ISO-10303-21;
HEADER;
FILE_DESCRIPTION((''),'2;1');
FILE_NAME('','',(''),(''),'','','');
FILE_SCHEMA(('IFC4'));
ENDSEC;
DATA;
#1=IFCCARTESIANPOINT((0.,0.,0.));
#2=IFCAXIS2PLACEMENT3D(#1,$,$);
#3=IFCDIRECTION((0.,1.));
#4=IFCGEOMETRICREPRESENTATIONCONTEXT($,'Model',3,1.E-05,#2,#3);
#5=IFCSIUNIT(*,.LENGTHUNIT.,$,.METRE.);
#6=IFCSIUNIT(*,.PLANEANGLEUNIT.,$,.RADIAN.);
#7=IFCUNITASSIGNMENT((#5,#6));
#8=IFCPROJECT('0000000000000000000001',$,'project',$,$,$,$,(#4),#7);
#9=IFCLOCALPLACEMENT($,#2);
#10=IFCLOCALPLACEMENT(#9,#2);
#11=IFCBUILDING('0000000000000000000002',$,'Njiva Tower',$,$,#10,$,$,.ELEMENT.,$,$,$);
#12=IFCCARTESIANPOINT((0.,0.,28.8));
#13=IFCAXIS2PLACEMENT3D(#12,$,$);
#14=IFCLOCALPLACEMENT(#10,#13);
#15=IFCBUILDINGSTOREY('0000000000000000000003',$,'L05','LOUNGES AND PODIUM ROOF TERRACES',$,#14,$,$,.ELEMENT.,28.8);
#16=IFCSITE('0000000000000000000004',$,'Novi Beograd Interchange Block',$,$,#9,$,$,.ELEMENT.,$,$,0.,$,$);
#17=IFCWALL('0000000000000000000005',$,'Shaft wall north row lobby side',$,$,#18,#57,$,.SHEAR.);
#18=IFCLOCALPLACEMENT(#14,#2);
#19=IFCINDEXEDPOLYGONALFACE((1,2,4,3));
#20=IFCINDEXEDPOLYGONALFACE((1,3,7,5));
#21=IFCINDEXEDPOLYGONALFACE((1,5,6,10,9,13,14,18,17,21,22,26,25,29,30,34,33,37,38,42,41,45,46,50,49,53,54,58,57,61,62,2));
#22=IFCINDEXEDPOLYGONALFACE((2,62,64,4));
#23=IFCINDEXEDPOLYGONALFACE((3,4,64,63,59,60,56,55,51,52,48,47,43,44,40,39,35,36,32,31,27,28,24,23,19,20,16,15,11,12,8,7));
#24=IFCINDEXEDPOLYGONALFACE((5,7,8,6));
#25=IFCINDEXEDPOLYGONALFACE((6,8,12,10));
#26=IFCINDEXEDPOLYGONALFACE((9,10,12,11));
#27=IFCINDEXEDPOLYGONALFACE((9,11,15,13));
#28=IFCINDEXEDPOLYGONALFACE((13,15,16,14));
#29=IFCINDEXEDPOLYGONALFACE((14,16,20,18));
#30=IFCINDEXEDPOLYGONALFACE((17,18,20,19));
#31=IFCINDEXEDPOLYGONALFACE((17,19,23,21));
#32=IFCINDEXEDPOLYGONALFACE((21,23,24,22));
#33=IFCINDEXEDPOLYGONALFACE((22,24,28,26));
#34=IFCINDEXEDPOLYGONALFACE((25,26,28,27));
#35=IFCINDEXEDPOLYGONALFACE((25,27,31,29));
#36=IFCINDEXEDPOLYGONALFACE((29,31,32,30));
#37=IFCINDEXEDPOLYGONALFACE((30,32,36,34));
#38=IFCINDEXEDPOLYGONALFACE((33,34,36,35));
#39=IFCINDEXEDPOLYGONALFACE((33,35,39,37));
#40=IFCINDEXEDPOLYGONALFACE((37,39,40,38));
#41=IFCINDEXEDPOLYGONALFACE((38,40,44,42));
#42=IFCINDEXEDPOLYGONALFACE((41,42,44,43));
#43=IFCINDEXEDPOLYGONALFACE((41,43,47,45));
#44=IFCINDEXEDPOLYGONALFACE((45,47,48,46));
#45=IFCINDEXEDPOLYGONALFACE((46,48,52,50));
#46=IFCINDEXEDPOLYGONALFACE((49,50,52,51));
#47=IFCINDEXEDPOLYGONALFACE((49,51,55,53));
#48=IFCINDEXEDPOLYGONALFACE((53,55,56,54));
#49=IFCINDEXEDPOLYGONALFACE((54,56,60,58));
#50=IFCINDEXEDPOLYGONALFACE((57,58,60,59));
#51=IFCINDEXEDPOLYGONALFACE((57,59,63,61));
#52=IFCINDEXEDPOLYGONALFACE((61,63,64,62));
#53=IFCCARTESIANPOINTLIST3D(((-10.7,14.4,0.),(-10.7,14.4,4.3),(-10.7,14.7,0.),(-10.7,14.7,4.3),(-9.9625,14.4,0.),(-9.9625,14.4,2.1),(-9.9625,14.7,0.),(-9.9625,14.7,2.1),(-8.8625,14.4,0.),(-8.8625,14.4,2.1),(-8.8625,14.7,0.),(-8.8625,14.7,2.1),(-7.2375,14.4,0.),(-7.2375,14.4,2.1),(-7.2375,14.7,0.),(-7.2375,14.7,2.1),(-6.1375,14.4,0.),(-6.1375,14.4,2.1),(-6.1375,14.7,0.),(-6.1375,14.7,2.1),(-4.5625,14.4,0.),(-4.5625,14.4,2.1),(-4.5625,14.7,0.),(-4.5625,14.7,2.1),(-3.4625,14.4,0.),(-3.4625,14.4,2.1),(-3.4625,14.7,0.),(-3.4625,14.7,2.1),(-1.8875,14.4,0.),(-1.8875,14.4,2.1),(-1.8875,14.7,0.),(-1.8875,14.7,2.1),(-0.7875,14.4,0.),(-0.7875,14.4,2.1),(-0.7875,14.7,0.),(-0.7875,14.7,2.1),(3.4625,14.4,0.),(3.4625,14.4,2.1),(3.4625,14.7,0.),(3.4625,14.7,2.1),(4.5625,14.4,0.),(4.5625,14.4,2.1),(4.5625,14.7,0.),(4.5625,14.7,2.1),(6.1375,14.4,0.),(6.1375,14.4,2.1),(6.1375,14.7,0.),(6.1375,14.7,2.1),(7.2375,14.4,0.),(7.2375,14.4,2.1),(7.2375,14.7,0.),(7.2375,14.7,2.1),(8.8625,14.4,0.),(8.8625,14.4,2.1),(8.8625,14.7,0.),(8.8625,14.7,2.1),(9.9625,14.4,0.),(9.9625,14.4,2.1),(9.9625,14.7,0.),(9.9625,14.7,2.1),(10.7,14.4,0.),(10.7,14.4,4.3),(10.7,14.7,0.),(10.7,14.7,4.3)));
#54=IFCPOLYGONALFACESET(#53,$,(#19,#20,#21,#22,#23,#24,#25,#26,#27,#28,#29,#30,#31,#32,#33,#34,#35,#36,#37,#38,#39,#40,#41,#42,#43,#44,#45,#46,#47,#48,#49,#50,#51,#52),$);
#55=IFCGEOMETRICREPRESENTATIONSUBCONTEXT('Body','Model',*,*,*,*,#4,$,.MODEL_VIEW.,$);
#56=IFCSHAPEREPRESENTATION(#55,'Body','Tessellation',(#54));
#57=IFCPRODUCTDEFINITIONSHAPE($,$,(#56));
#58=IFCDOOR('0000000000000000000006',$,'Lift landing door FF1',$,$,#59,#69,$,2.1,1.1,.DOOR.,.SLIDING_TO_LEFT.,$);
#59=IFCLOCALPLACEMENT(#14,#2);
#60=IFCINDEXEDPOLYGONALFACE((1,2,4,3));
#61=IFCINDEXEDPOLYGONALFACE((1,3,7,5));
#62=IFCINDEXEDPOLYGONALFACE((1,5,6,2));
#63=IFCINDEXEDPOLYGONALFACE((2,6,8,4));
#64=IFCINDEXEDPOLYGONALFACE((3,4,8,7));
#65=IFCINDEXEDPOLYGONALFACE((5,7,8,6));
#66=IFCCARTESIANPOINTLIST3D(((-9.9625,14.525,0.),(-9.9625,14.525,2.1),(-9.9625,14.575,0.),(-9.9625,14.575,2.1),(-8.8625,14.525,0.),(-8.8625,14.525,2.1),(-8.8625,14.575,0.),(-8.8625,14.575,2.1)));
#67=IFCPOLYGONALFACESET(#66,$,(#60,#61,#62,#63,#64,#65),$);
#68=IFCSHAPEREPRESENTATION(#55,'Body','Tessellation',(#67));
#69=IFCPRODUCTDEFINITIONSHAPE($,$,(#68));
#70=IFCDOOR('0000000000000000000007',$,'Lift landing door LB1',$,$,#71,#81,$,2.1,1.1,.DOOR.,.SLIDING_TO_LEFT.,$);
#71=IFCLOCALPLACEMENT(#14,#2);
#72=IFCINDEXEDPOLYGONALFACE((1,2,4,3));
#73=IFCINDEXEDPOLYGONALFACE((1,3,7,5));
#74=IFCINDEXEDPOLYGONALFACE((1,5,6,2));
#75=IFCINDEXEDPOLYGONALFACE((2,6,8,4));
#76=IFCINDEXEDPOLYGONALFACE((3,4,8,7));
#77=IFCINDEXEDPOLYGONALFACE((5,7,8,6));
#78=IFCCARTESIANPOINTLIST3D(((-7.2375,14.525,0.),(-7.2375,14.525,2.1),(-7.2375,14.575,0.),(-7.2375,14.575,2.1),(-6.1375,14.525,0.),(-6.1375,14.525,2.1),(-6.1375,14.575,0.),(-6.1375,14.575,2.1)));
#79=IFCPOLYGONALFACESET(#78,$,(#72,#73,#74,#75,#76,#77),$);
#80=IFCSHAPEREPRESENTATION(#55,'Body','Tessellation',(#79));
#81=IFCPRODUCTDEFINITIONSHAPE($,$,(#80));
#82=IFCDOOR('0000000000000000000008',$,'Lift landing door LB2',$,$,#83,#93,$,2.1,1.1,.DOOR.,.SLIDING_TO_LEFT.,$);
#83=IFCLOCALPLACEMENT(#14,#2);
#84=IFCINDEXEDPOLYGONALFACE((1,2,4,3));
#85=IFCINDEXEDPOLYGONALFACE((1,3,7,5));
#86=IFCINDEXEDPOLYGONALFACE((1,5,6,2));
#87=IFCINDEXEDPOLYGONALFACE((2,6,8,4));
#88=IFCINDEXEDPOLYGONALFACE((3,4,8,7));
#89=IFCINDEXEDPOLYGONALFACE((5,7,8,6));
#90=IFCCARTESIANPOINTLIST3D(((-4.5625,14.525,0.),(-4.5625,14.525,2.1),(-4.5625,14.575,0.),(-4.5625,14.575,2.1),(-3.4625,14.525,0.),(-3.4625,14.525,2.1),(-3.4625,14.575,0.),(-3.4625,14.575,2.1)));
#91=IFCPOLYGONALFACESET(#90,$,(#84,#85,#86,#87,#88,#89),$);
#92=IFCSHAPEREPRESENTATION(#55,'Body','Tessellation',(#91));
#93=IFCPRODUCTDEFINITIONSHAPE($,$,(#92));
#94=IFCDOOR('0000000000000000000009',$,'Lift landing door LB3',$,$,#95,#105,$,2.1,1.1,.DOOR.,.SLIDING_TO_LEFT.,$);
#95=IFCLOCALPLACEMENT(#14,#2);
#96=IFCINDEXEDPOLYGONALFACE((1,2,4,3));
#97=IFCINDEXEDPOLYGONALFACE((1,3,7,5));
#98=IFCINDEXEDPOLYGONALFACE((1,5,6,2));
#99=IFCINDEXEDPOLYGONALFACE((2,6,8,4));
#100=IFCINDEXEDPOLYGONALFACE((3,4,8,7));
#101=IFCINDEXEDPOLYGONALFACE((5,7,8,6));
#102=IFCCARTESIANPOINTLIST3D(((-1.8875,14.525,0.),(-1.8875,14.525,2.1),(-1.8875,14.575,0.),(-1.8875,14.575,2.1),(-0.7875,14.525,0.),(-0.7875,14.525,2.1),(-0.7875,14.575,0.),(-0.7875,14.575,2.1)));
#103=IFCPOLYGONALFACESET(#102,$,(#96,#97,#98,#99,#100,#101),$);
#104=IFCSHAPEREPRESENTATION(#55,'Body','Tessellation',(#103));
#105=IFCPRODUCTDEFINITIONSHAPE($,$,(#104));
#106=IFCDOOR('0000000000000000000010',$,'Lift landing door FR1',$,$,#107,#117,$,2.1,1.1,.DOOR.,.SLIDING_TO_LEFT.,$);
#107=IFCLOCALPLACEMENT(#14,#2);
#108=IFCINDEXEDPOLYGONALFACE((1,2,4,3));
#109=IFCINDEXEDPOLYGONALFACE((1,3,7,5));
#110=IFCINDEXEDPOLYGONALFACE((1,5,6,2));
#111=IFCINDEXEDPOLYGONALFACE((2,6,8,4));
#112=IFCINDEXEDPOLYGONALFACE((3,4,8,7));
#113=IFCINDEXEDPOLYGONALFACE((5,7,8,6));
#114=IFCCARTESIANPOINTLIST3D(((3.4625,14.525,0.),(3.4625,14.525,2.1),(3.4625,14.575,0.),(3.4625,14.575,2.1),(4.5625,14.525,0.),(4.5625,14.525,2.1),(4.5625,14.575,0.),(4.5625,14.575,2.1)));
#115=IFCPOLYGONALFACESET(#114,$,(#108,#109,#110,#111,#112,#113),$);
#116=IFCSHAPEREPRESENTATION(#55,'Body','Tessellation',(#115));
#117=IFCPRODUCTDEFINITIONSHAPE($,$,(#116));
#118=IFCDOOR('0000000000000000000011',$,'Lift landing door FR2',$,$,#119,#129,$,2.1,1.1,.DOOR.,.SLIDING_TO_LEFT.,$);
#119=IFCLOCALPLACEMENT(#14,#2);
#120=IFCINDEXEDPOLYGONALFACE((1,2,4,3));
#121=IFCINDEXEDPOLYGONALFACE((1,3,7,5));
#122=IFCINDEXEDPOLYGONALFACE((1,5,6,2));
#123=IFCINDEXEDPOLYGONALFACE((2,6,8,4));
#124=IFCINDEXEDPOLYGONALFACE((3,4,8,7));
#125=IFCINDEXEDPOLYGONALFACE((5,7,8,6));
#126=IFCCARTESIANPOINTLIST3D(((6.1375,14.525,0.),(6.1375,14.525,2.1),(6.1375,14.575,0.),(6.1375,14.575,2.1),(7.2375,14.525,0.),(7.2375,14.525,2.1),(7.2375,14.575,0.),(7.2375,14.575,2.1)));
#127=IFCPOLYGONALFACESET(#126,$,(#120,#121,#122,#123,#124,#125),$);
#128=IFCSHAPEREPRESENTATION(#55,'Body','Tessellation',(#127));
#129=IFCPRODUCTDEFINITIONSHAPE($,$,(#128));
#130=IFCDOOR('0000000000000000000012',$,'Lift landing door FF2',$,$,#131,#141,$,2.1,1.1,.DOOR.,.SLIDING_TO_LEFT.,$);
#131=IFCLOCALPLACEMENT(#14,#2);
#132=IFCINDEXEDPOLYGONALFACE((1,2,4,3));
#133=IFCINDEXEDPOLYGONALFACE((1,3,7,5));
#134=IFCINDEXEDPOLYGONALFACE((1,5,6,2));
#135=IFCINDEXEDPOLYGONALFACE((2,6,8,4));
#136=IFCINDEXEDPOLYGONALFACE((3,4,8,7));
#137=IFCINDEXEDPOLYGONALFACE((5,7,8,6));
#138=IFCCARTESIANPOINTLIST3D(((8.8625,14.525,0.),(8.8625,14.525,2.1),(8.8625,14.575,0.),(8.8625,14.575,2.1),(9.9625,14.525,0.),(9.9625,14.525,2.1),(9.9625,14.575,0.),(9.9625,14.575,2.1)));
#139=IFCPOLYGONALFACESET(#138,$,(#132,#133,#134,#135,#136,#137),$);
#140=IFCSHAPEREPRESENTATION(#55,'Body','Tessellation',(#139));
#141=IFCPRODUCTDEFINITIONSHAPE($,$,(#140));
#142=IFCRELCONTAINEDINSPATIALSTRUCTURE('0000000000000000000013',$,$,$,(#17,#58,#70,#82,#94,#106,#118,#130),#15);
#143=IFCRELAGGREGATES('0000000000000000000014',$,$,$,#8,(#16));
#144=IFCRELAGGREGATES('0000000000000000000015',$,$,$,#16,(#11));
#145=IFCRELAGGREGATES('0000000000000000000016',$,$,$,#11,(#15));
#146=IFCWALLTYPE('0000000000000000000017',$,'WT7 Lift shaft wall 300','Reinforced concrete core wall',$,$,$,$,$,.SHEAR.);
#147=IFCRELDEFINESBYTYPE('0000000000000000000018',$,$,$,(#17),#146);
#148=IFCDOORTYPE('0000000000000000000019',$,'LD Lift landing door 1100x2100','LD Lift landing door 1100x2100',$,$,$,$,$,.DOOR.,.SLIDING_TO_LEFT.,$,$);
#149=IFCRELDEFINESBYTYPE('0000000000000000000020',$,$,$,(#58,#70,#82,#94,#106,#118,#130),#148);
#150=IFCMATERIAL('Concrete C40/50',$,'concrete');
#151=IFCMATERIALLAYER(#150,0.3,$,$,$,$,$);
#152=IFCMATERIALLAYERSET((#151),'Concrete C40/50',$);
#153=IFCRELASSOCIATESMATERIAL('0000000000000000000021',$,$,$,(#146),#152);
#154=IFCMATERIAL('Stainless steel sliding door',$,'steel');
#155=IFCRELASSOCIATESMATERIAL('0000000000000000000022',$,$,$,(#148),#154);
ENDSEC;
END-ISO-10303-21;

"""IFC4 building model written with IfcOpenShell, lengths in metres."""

from ifc_helpers import new_model, si_unit, direction, frame, frame_2d, origin, place, context, subcontext, project, spatial, rectangle, extrude, material, layer, layer_set, type_object, element, fill, save


model = new_model("IFC4")

# Units and contexts
model_context = context("Model", 3, precision=1e-05, world=origin(), true_north=direction((0.0, 1.0)))
body_context = subcontext(model_context, "Body", "Model", "MODEL_VIEW")
ifc_project = project(units=[si_unit("LENGTHUNIT", "METRE"), si_unit("PLANEANGLEUNIT", "RADIAN")], contexts=[model_context])

# Site, building, storey
site_placement = place(None, origin())
site = spatial("IfcSite", under=ifc_project, at=site_placement, Name="Novi Beograd Interchange Block", CompositionType="ELEMENT", RefElevation=0.0)
building_placement = place(site_placement, origin())
building = spatial("IfcBuilding", under=site, at=building_placement, Name="Njiva Tower", CompositionType="ELEMENT")
storey_placement = place(building_placement, frame((0.0, 0.0, 28.8)))
storey = spatial("IfcBuildingStorey", under=building, at=storey_placement, Name="L05", Description="LOUNGES AND PODIUM ROOF TERRACES", CompositionType="ELEMENT", Elevation=28.8)

# Shared definitions
ifc_material_1 = material(Name="Concrete C40/50", Category="concrete")

# Wall, openings, doors
ifc_layer_1 = layer(ifc_material_1, 0.3)
ifc_layer_set_1 = layer_set([ifc_layer_1], Name="Concrete C40/50")
wall_type_1 = type_object("IfcWallType", Name="WT7 Lift shaft wall 300", Description="Reinforced concrete core wall", PredefinedType="SHEAR", material=ifc_layer_set_1)
wall_1_placement = place(storey_placement, frame((-10.7, 14.55, 0.0), z_axis=(0.0, 0.0, 1.0), x_axis=(1.0, 0.0, 0.0)))
wall_1 = element("IfcWall", 1, at=wall_1_placement, inside=storey, type_object=wall_type_1, Name="Shaft wall north row lobby side", PredefinedType="SHEAR", context=body_context, shape_type="SweptSolid", body=[
    extrude(rectangle(XDim=21.4, YDim=0.3, at=frame_2d((10.7, 0.0))), origin(), (0.0, 0.0, 1.0), 4.3),
])
opening_1_placement = place(wall_1_placement, frame((0.7375, 0.0, 0.0)))
opening_1 = element("IfcOpeningElement", 2, at=opening_1_placement, cuts=wall_1, PredefinedType="OPENING", context=body_context, shape_type="SweptSolid", body=[
    extrude(rectangle(XDim=1.1, YDim=2.1, at=frame_2d((0.55, 1.05))), frame((0.0, 0.16, 0.0), z_axis=(0.0, -1.0, 0.0), x_axis=(1.0, 0.0, 0.0)), (0.0, 0.0, 1.0), 0.32),
])
opening_2_placement = place(wall_1_placement, frame((3.4625, 0.0, 0.0)))
opening_2 = element("IfcOpeningElement", 3, at=opening_2_placement, cuts=wall_1, PredefinedType="OPENING", context=body_context, shape_type="SweptSolid", body=[
    extrude(rectangle(XDim=1.1, YDim=2.1, at=frame_2d((0.55, 1.05))), frame((0.0, 0.16, 0.0), z_axis=(0.0, -1.0, 0.0), x_axis=(1.0, 0.0, 0.0)), (0.0, 0.0, 1.0), 0.32),
])
opening_3_placement = place(wall_1_placement, frame((6.1375, 0.0, 0.0)))
opening_3 = element("IfcOpeningElement", 4, at=opening_3_placement, cuts=wall_1, PredefinedType="OPENING", context=body_context, shape_type="SweptSolid", body=[
    extrude(rectangle(XDim=1.1, YDim=2.1, at=frame_2d((0.55, 1.05))), frame((0.0, 0.16, 0.0), z_axis=(0.0, -1.0, 0.0), x_axis=(1.0, 0.0, 0.0)), (0.0, 0.0, 1.0), 0.32),
])
opening_4_placement = place(wall_1_placement, frame((8.8125, 0.0, 0.0)))
opening_4 = element("IfcOpeningElement", 5, at=opening_4_placement, cuts=wall_1, PredefinedType="OPENING", context=body_context, shape_type="SweptSolid", body=[
    extrude(rectangle(XDim=1.1, YDim=2.1, at=frame_2d((0.55, 1.05))), frame((0.0, 0.16, 0.0), z_axis=(0.0, -1.0, 0.0), x_axis=(1.0, 0.0, 0.0)), (0.0, 0.0, 1.0), 0.32),
])
opening_5_placement = place(wall_1_placement, frame((14.1625, 0.0, 0.0)))
opening_5 = element("IfcOpeningElement", 6, at=opening_5_placement, cuts=wall_1, PredefinedType="OPENING", context=body_context, shape_type="SweptSolid", body=[
    extrude(rectangle(XDim=1.1, YDim=2.1, at=frame_2d((0.55, 1.05))), frame((0.0, 0.16, 0.0), z_axis=(0.0, -1.0, 0.0), x_axis=(1.0, 0.0, 0.0)), (0.0, 0.0, 1.0), 0.32),
])
opening_6_placement = place(wall_1_placement, frame((16.8375, 0.0, 0.0)))
opening_6 = element("IfcOpeningElement", 7, at=opening_6_placement, cuts=wall_1, PredefinedType="OPENING", context=body_context, shape_type="SweptSolid", body=[
    extrude(rectangle(XDim=1.1, YDim=2.1, at=frame_2d((0.55, 1.05))), frame((0.0, 0.16, 0.0), z_axis=(0.0, -1.0, 0.0), x_axis=(1.0, 0.0, 0.0)), (0.0, 0.0, 1.0), 0.32),
])
opening_7_placement = place(wall_1_placement, frame((19.5625, 0.0, 0.0)))
opening_7 = element("IfcOpeningElement", 8, at=opening_7_placement, cuts=wall_1, PredefinedType="OPENING", context=body_context, shape_type="SweptSolid", body=[
    extrude(rectangle(XDim=1.1, YDim=2.1, at=frame_2d((0.55, 1.05))), frame((0.0, 0.16, 0.0), z_axis=(0.0, -1.0, 0.0), x_axis=(1.0, 0.0, 0.0)), (0.0, 0.0, 1.0), 0.32),
])
ifc_material_2 = material(Name="Stainless steel sliding door", Category="steel")
door_type_1 = type_object("IfcDoorType", Name="LD Lift landing door 1100x2100", Description="LD Lift landing door 1100x2100", OperationType="SLIDING_TO_LEFT", PredefinedType="DOOR", material=ifc_material_2)
door_1_placement = place(opening_1_placement, origin())
door_1 = element("IfcDoor", 9, at=door_1_placement, inside=storey, type_object=door_type_1, Name="Lift landing door FF1", OperationType="SLIDING_TO_LEFT", OverallHeight=2.1, OverallWidth=1.1, PredefinedType="DOOR", context=body_context, shape_type="SweptSolid", body=[
    extrude(rectangle(XDim=1.1, YDim=2.1, at=frame_2d((0.55, 1.05))), frame((0.0, 0.025, 0.0), z_axis=(0.0, -1.0, 0.0), x_axis=(1.0, 0.0, 0.0)), (0.0, 0.0, 1.0), 0.05),
])
fill(opening_1, door_1)
door_2_placement = place(opening_2_placement, origin())
door_2 = element("IfcDoor", 10, at=door_2_placement, inside=storey, type_object=door_type_1, Name="Lift landing door LB1", OperationType="SLIDING_TO_LEFT", OverallHeight=2.1, OverallWidth=1.1, PredefinedType="DOOR", context=body_context, shape_type="SweptSolid", body=[
    extrude(rectangle(XDim=1.1, YDim=2.1, at=frame_2d((0.55, 1.05))), frame((0.0, 0.025, 0.0), z_axis=(0.0, -1.0, 0.0), x_axis=(1.0, 0.0, 0.0)), (0.0, 0.0, 1.0), 0.05),
])
fill(opening_2, door_2)
door_3_placement = place(opening_3_placement, origin())
door_3 = element("IfcDoor", 11, at=door_3_placement, inside=storey, type_object=door_type_1, Name="Lift landing door LB2", OperationType="SLIDING_TO_LEFT", OverallHeight=2.1, OverallWidth=1.1, PredefinedType="DOOR", context=body_context, shape_type="SweptSolid", body=[
    extrude(rectangle(XDim=1.1, YDim=2.1, at=frame_2d((0.55, 1.05))), frame((0.0, 0.025, 0.0), z_axis=(0.0, -1.0, 0.0), x_axis=(1.0, 0.0, 0.0)), (0.0, 0.0, 1.0), 0.05),
])
fill(opening_3, door_3)
door_4_placement = place(opening_4_placement, origin())
door_4 = element("IfcDoor", 12, at=door_4_placement, inside=storey, type_object=door_type_1, Name="Lift landing door LB3", OperationType="SLIDING_TO_LEFT", OverallHeight=2.1, OverallWidth=1.1, PredefinedType="DOOR", context=body_context, shape_type="SweptSolid", body=[
    extrude(rectangle(XDim=1.1, YDim=2.1, at=frame_2d((0.55, 1.05))), frame((0.0, 0.025, 0.0), z_axis=(0.0, -1.0, 0.0), x_axis=(1.0, 0.0, 0.0)), (0.0, 0.0, 1.0), 0.05),
])
fill(opening_4, door_4)
door_5_placement = place(opening_5_placement, origin())
door_5 = element("IfcDoor", 13, at=door_5_placement, inside=storey, type_object=door_type_1, Name="Lift landing door FR1", OperationType="SLIDING_TO_LEFT", OverallHeight=2.1, OverallWidth=1.1, PredefinedType="DOOR", context=body_context, shape_type="SweptSolid", body=[
    extrude(rectangle(XDim=1.1, YDim=2.1, at=frame_2d((0.55, 1.05))), frame((0.0, 0.025, 0.0), z_axis=(0.0, -1.0, 0.0), x_axis=(1.0, 0.0, 0.0)), (0.0, 0.0, 1.0), 0.05),
])
fill(opening_5, door_5)
door_6_placement = place(opening_6_placement, origin())
door_6 = element("IfcDoor", 14, at=door_6_placement, inside=storey, type_object=door_type_1, Name="Lift landing door FR2", OperationType="SLIDING_TO_LEFT", OverallHeight=2.1, OverallWidth=1.1, PredefinedType="DOOR", context=body_context, shape_type="SweptSolid", body=[
    extrude(rectangle(XDim=1.1, YDim=2.1, at=frame_2d((0.55, 1.05))), frame((0.0, 0.025, 0.0), z_axis=(0.0, -1.0, 0.0), x_axis=(1.0, 0.0, 0.0)), (0.0, 0.0, 1.0), 0.05),
])
fill(opening_6, door_6)
door_7_placement = place(opening_7_placement, origin())
door_7 = element("IfcDoor", 15, at=door_7_placement, inside=storey, type_object=door_type_1, Name="Lift landing door FF2", OperationType="SLIDING_TO_LEFT", OverallHeight=2.1, OverallWidth=1.1, PredefinedType="DOOR", context=body_context, shape_type="SweptSolid", body=[
    extrude(rectangle(XDim=1.1, YDim=2.1, at=frame_2d((0.55, 1.05))), frame((0.0, 0.025, 0.0), z_axis=(0.0, -1.0, 0.0), x_axis=(1.0, 0.0, 0.0)), (0.0, 0.0, 1.0), 0.05),
])
fill(opening_7, door_7)

save(model, "model.ifc")
